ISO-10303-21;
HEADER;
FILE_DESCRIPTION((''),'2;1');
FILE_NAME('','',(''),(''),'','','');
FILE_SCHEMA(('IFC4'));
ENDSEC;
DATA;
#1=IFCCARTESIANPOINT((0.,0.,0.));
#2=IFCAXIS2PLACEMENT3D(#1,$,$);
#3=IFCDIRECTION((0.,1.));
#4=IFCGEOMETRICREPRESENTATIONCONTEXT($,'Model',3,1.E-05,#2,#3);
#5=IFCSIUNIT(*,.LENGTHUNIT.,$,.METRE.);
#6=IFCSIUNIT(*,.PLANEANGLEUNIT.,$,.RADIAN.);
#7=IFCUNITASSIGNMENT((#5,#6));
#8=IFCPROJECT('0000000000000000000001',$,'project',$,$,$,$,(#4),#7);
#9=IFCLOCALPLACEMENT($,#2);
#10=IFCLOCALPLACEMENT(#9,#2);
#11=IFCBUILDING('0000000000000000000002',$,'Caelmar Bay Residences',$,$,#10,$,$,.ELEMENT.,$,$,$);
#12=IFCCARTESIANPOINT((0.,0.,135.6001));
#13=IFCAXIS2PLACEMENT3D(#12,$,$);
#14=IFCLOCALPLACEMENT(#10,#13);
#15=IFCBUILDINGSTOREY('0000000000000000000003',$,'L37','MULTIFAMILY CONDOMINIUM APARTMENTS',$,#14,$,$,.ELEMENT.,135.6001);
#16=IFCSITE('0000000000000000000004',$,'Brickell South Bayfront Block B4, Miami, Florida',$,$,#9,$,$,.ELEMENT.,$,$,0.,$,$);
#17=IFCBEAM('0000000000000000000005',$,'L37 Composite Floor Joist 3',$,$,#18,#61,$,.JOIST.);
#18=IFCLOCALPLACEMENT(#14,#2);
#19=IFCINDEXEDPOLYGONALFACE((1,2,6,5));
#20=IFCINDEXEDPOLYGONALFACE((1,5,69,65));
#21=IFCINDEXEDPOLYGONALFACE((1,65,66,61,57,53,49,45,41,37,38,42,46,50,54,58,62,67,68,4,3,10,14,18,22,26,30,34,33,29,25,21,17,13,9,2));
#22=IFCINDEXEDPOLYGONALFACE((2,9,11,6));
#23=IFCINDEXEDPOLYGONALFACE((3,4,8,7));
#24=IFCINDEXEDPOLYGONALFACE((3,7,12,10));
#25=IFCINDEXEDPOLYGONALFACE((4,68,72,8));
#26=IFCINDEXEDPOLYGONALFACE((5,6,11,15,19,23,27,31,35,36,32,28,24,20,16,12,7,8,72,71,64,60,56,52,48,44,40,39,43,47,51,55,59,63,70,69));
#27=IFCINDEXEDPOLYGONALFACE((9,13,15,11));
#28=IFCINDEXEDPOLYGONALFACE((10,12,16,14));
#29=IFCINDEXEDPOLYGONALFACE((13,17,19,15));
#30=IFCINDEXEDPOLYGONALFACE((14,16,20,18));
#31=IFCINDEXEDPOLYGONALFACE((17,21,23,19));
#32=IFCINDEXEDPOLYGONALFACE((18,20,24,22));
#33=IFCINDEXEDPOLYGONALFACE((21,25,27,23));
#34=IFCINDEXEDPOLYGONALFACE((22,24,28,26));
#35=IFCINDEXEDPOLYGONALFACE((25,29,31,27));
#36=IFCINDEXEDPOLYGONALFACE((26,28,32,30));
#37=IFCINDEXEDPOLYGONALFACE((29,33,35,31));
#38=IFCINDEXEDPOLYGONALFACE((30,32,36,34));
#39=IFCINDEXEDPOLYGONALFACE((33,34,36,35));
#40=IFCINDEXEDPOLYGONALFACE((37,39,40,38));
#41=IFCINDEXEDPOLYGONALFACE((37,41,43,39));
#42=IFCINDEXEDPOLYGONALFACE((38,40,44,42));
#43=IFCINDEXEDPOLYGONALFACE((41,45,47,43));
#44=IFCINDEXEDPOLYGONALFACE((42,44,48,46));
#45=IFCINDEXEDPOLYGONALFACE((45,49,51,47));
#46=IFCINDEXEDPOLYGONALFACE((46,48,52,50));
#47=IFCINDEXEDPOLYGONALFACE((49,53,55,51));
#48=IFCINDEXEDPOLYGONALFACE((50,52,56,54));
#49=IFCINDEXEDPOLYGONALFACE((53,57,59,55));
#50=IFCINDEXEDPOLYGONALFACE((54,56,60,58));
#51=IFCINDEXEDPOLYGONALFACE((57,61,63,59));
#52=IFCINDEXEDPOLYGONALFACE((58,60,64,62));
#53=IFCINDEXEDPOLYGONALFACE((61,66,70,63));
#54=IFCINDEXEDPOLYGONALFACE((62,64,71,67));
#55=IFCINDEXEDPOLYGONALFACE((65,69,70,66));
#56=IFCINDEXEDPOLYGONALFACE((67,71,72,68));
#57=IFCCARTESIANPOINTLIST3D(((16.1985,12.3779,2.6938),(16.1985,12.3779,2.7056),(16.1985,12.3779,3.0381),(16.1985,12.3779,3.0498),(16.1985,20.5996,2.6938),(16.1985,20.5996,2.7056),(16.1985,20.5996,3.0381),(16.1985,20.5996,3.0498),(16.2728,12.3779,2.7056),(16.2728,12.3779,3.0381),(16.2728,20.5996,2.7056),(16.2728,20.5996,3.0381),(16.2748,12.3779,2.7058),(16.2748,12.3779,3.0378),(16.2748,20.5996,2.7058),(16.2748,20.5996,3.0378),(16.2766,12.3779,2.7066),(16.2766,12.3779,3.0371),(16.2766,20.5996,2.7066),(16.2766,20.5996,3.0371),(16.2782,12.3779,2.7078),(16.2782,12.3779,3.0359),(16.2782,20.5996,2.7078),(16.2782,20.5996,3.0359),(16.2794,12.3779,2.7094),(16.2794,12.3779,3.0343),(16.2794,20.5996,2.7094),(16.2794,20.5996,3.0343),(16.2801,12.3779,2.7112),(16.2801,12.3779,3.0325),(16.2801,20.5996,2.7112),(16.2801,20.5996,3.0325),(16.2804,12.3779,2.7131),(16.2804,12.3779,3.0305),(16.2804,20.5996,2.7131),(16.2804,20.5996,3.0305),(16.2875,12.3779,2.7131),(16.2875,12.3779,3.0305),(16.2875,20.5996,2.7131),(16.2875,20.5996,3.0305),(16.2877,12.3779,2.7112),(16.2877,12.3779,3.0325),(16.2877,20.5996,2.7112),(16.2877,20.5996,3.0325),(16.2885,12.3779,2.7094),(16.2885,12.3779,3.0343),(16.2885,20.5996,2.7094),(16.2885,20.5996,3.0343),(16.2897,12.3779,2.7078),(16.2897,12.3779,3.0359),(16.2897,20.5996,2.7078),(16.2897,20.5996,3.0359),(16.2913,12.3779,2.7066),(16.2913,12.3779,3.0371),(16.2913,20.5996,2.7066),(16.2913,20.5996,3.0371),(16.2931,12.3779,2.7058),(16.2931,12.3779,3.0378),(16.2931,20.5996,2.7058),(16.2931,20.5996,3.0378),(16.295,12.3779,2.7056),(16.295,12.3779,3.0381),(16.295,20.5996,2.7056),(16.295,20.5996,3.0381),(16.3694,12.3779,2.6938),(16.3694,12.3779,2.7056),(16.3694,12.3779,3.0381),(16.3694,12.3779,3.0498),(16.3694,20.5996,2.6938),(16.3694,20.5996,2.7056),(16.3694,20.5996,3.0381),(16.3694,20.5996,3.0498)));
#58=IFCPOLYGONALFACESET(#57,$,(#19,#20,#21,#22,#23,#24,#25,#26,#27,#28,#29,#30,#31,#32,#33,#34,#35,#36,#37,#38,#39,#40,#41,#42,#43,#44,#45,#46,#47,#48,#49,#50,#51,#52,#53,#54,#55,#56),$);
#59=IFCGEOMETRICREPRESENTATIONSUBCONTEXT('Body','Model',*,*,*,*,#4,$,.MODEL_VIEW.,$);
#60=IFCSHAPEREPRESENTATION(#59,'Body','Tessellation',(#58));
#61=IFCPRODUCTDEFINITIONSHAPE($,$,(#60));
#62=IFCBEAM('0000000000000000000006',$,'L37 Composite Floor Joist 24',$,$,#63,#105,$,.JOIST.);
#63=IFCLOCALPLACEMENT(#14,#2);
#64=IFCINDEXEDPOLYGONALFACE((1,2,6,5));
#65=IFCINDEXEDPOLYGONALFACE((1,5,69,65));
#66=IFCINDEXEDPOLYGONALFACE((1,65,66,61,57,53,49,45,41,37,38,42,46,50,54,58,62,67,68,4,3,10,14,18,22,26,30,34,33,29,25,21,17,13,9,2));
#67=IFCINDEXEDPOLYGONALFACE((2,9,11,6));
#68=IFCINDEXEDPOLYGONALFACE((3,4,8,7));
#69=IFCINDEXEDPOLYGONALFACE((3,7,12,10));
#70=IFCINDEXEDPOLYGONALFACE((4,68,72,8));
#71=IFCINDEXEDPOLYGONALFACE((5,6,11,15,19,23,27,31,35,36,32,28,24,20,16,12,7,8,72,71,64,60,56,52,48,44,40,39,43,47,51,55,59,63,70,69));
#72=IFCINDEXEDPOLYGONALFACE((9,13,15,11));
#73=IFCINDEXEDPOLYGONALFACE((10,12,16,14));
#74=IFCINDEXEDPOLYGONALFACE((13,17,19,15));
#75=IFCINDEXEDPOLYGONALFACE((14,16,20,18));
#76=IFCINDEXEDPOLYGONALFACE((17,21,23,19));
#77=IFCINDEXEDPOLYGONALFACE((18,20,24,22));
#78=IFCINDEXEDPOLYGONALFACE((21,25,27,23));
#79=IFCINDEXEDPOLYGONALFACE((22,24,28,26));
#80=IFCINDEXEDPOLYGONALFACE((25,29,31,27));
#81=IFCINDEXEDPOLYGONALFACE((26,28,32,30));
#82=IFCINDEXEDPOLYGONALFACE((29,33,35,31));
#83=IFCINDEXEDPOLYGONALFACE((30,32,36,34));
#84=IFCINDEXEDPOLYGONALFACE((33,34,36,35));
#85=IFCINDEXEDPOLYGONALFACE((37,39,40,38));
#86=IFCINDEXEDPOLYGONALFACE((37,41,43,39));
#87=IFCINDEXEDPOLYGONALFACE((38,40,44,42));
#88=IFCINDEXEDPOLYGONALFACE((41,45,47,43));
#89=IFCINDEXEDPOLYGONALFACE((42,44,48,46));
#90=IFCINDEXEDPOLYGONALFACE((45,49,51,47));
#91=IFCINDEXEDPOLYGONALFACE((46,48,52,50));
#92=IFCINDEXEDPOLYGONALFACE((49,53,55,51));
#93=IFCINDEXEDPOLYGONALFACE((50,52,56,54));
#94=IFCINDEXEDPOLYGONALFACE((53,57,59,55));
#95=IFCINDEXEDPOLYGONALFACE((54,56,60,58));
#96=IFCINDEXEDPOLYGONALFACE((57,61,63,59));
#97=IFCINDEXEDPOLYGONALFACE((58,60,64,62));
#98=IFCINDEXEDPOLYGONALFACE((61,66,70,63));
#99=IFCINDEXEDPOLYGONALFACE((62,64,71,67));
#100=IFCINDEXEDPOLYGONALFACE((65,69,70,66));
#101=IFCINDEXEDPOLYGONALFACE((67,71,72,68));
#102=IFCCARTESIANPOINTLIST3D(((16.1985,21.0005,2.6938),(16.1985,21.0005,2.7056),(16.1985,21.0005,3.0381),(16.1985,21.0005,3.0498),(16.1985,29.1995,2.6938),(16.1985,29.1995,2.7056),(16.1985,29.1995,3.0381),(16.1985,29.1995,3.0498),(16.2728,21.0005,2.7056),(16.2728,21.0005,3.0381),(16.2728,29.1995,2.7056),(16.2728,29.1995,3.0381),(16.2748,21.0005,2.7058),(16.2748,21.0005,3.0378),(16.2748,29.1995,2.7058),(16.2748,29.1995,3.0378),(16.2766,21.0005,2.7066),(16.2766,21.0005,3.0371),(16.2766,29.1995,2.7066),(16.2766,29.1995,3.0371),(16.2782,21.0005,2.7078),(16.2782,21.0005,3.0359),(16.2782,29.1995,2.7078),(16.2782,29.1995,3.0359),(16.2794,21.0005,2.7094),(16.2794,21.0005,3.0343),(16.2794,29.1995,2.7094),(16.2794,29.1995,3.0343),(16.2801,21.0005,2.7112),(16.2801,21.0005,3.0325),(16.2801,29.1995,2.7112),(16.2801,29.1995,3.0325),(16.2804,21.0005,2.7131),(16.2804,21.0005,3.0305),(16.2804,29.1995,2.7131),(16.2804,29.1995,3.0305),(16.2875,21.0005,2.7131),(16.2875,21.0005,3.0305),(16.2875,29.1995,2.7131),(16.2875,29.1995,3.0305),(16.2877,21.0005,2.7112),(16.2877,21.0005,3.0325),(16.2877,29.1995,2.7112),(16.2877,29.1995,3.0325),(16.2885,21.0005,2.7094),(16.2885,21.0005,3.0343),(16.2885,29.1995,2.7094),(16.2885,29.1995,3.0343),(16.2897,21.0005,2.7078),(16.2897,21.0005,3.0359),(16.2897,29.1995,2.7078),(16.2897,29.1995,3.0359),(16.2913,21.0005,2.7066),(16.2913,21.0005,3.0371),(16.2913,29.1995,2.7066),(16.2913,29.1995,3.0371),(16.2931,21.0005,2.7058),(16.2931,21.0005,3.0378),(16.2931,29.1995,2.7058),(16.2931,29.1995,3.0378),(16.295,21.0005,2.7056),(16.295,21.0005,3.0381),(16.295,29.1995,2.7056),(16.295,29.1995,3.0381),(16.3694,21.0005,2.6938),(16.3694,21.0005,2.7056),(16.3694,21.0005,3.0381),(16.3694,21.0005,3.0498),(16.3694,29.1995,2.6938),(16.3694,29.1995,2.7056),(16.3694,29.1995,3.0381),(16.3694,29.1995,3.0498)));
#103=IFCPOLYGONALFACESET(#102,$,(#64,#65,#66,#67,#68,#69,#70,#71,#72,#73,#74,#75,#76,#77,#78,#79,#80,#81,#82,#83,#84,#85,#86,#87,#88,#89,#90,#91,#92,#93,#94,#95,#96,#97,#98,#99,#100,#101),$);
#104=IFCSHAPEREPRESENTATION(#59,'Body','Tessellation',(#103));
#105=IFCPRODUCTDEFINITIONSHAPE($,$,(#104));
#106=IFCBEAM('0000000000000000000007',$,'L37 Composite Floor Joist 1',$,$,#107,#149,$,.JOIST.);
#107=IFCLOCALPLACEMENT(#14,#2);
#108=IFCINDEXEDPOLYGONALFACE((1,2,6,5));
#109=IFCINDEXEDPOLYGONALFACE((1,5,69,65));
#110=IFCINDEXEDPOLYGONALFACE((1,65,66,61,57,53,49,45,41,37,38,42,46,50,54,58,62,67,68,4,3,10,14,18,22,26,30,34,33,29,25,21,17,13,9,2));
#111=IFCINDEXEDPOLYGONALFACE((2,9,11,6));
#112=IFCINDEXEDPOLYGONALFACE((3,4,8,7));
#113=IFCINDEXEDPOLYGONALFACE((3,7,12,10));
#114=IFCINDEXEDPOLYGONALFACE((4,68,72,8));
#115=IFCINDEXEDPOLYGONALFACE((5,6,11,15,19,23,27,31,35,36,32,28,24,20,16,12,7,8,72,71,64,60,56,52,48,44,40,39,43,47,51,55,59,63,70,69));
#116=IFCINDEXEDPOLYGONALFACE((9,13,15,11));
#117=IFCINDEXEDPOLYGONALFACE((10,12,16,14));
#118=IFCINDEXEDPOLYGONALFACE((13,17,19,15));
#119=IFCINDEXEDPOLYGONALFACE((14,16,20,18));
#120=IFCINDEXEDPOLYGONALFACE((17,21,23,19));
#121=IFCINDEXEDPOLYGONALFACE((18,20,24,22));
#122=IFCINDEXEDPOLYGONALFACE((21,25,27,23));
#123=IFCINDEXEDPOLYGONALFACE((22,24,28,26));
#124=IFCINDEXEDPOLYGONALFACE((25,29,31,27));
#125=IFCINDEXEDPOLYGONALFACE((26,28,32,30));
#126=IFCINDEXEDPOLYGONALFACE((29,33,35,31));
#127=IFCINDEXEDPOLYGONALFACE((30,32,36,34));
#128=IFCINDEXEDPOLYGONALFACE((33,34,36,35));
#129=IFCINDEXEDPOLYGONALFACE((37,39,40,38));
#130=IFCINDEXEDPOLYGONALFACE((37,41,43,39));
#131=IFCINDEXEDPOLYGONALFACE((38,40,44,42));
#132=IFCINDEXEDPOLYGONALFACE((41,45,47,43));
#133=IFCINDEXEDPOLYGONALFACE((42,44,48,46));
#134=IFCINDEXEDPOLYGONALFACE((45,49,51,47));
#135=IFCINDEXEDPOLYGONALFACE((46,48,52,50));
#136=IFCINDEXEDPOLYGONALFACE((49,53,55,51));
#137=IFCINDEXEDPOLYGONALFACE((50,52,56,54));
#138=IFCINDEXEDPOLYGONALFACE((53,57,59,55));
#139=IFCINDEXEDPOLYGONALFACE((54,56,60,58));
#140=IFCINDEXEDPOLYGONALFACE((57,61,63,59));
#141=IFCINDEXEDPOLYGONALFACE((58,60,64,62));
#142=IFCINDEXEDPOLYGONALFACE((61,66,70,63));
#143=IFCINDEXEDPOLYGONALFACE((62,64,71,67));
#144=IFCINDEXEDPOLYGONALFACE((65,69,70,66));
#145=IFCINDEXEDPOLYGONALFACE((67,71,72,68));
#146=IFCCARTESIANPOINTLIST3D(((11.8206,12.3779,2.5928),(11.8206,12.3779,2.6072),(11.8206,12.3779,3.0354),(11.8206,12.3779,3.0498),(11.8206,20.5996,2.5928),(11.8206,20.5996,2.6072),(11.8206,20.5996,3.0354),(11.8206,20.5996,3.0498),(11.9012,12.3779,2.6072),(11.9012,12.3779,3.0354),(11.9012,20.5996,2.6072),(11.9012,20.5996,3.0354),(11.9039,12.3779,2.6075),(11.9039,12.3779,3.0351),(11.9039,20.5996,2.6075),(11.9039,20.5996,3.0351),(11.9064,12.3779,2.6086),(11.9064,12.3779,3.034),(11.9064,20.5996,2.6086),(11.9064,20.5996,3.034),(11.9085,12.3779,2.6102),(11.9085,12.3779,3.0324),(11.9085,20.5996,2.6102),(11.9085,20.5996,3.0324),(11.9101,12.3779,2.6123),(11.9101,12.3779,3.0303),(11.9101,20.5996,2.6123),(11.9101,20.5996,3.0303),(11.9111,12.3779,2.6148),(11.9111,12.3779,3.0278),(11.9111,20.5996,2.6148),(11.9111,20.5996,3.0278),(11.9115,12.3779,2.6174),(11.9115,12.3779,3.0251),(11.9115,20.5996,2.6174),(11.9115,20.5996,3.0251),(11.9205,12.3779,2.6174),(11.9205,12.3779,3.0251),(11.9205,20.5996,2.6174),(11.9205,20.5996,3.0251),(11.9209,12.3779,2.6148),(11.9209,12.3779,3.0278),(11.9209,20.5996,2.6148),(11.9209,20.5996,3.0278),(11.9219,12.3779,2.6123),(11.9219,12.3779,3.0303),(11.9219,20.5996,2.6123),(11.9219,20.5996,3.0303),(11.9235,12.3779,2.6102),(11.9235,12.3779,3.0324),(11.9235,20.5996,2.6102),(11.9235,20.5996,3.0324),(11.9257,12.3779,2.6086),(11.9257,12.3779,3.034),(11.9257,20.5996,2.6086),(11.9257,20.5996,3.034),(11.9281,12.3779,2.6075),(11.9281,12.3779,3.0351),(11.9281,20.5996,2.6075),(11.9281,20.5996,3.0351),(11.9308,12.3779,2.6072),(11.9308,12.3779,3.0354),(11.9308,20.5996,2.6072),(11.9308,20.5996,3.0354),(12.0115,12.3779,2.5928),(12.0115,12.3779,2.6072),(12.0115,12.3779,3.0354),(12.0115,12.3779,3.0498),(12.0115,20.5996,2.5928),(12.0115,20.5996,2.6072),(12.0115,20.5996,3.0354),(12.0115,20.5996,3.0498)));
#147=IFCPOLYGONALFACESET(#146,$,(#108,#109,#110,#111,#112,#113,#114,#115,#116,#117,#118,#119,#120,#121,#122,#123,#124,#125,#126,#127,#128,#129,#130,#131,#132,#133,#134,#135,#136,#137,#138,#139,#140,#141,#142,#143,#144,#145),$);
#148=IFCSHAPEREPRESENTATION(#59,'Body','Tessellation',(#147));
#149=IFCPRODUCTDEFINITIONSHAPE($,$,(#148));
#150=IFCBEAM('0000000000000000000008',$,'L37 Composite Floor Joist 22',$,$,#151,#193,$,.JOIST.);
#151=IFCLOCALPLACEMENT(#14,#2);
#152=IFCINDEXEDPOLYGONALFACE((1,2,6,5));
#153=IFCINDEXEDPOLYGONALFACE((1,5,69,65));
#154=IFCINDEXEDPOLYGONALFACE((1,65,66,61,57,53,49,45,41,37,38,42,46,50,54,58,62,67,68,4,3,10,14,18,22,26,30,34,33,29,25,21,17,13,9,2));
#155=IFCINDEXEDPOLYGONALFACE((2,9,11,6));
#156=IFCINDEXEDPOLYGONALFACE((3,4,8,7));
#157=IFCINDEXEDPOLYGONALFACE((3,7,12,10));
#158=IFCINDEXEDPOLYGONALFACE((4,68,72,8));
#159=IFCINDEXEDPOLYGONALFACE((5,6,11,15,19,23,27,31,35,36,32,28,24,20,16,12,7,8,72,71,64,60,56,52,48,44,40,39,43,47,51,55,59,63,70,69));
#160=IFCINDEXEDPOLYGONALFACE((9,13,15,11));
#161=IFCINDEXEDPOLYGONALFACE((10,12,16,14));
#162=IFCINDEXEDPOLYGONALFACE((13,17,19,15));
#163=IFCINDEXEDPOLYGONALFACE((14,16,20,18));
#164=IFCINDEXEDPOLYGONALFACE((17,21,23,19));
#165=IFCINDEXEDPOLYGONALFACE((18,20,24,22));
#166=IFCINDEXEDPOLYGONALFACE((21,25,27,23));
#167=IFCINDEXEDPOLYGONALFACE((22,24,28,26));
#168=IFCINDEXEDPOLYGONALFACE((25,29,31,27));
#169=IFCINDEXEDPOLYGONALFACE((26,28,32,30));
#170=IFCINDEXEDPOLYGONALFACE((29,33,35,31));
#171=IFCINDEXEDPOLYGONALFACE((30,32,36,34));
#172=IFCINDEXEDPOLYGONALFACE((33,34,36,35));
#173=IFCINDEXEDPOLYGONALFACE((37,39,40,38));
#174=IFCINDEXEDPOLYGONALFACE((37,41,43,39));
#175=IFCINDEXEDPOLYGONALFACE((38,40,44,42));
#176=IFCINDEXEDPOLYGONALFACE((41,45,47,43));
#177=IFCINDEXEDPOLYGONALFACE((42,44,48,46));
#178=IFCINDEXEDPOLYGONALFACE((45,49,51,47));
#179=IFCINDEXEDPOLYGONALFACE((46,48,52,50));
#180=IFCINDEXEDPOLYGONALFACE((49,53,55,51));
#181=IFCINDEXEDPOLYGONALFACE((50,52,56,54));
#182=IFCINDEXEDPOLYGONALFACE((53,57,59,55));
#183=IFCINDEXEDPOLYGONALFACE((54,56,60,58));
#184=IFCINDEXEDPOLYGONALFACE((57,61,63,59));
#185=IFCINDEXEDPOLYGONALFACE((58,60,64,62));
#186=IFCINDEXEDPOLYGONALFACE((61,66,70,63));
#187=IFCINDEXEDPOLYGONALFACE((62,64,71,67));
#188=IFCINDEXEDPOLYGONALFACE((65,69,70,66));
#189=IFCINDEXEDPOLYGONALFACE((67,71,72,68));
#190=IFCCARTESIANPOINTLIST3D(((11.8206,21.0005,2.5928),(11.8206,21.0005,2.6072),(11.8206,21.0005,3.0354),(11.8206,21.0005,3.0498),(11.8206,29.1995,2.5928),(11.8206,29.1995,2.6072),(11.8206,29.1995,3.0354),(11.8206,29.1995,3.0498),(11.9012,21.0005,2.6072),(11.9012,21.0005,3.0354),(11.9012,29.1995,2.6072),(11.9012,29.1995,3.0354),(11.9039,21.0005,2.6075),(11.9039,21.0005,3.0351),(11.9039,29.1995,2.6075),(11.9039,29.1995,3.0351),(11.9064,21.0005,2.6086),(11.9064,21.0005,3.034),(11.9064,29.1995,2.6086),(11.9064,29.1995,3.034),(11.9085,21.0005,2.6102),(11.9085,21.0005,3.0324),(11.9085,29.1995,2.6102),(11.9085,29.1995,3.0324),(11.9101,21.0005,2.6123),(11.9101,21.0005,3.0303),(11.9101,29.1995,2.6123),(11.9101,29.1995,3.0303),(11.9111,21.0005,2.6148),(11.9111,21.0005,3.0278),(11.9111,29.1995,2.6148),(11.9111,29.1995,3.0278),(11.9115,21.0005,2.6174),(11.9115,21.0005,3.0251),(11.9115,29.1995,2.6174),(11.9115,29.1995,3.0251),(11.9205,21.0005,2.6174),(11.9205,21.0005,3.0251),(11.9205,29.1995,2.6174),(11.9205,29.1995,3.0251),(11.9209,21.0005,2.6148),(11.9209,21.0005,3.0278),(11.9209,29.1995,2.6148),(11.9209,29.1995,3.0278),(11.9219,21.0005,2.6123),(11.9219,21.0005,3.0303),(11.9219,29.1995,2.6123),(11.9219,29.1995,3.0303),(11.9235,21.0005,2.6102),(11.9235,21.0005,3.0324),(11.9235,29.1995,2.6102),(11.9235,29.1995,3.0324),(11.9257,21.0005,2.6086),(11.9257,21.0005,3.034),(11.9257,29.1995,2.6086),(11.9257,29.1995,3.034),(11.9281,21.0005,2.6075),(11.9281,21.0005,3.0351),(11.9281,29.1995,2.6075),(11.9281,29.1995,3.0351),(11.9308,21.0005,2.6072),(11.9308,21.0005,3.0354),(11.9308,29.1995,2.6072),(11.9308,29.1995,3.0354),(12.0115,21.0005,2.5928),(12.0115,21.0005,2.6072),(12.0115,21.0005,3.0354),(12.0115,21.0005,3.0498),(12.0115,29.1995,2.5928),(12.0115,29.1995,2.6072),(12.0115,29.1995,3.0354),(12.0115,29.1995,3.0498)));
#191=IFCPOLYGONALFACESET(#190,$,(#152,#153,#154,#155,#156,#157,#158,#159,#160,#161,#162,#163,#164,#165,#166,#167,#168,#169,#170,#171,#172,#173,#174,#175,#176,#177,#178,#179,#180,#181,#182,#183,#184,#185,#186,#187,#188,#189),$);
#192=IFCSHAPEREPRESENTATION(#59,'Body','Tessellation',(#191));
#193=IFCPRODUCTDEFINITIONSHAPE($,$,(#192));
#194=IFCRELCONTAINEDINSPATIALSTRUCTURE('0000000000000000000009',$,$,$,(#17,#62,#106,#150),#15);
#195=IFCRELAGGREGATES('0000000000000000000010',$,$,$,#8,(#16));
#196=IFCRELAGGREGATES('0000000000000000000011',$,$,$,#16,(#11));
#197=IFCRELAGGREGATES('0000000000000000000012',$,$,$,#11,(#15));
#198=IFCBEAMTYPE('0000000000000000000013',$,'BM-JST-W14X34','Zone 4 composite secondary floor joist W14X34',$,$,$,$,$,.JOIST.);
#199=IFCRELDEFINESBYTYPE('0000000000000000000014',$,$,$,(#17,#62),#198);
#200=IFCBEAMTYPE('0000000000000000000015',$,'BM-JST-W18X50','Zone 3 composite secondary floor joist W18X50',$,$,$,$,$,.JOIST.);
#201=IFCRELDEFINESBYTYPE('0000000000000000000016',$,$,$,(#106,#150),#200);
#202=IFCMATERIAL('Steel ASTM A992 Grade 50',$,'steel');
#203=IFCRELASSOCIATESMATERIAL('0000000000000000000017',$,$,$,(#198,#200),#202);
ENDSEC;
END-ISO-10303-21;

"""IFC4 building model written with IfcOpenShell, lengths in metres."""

from ifc_helpers import new_model, si_unit, direction, frame, origin, origin_2d, place, context, subcontext, project, spatial, i_section, extrude, material, material_profile, profile_set, type_object, element, save


model = new_model("IFC4")

# Units and contexts
model_context = context("Model", 3, precision=1e-05, world=origin(), true_north=direction((0.0, 1.0)))
body_context = subcontext(model_context, "Body", "Model", "MODEL_VIEW")
ifc_project = project(units=[si_unit("LENGTHUNIT", "METRE"), si_unit("PLANEANGLEUNIT", "RADIAN")], contexts=[model_context])

# Site, building, storey
site_placement = place(None, origin())
site = spatial("IfcSite", under=ifc_project, at=site_placement, Name="Brickell South Bayfront Block B4, Miami, Florida", CompositionType="ELEMENT", RefElevation=0.0)
building_placement = place(site_placement, origin())
building = spatial("IfcBuilding", under=site, at=building_placement, Name="Caelmar Bay Residences", CompositionType="ELEMENT")
storey_placement = place(building_placement, frame((0.0, 0.0, 135.6001)))
storey = spatial("IfcBuildingStorey", under=building, at=storey_placement, Name="L37", Description="MULTIFAMILY CONDOMINIUM APARTMENTS", CompositionType="ELEMENT", Elevation=135.6001)

# Beams
ifc_material_1 = material(Name="Steel ASTM A992 Grade 50", Category="steel")
ifc_material_profile_1 = material_profile(ifc_material_1, i_section(OverallWidth=0.1709, OverallDepth=0.356, WebThickness=0.0071, FlangeThickness=0.0117, FilletRadius=0.0076, at=origin_2d()), Name="W14X34")
ifc_profile_set_1 = profile_set([ifc_material_profile_1], Name="Steel ASTM A992 Grade 50")
beam_type_1 = type_object("IfcBeamType", Name="BM-JST-W14X34", Description="Zone 4 composite secondary floor joist W14X34", PredefinedType="JOIST", material=ifc_profile_set_1)
beam_1_placement = place(storey_placement, frame((16.2839, 12.3779, 2.8718), z_axis=(0.0, 1.0, 0.0), x_axis=(-1.0, 0.0, 0.0)))
element("IfcBeam", 1, at=beam_1_placement, inside=storey, type_object=beam_type_1, Name="L37 Composite Floor Joist 3", PredefinedType="JOIST", context=body_context, shape_type="SweptSolid", body=[
    extrude(i_section(OverallWidth=0.1709, OverallDepth=0.356, WebThickness=0.0071, FlangeThickness=0.0117, FilletRadius=0.0076, at=origin_2d()), origin(), (0.0, 0.0, 1.0), 8.2217),
])
beam_2_placement = place(storey_placement, frame((16.2839, 21.0005, 2.8718), z_axis=(0.0, 1.0, 0.0), x_axis=(-1.0, 0.0, 0.0)))
element("IfcBeam", 2, at=beam_2_placement, inside=storey, type_object=beam_type_1, Name="L37 Composite Floor Joist 24", PredefinedType="JOIST", context=body_context, shape_type="SweptSolid", body=[
    extrude(i_section(OverallWidth=0.1709, OverallDepth=0.356, WebThickness=0.0071, FlangeThickness=0.0117, FilletRadius=0.0076, at=origin_2d()), origin(), (0.0, 0.0, 1.0), 8.199),
])
ifc_material_profile_2 = material_profile(ifc_material_1, i_section(OverallWidth=0.1909, OverallDepth=0.457, WebThickness=0.009, FlangeThickness=0.0144, FilletRadius=0.0103, at=origin_2d()), Name="W18X50")
ifc_profile_set_2 = profile_set([ifc_material_profile_2], Name="Steel ASTM A992 Grade 50")
beam_type_2 = type_object("IfcBeamType", Name="BM-JST-W18X50", Description="Zone 3 composite secondary floor joist W18X50", PredefinedType="JOIST", material=ifc_profile_set_2)
beam_3_placement = place(storey_placement, frame((11.916, 12.3779, 2.8213), z_axis=(0.0, 1.0, 0.0), x_axis=(-1.0, 0.0, 0.0)))
element("IfcBeam", 3, at=beam_3_placement, inside=storey, type_object=beam_type_2, Name="L37 Composite Floor Joist 1", PredefinedType="JOIST", context=body_context, shape_type="SweptSolid", body=[
    extrude(i_section(OverallWidth=0.1909, OverallDepth=0.457, WebThickness=0.009, FlangeThickness=0.0144, FilletRadius=0.0103, at=origin_2d()), origin(), (0.0, 0.0, 1.0), 8.2217),
])
beam_4_placement = place(storey_placement, frame((11.916, 21.0005, 2.8213), z_axis=(0.0, 1.0, 0.0), x_axis=(-1.0, 0.0, 0.0)))
element("IfcBeam", 4, at=beam_4_placement, inside=storey, type_object=beam_type_2, Name="L37 Composite Floor Joist 22", PredefinedType="JOIST", context=body_context, shape_type="SweptSolid", body=[
    extrude(i_section(OverallWidth=0.1909, OverallDepth=0.457, WebThickness=0.009, FlangeThickness=0.0144, FilletRadius=0.0103, at=origin_2d()), origin(), (0.0, 0.0, 1.0), 8.199),
])

save(model, "model.ifc")
